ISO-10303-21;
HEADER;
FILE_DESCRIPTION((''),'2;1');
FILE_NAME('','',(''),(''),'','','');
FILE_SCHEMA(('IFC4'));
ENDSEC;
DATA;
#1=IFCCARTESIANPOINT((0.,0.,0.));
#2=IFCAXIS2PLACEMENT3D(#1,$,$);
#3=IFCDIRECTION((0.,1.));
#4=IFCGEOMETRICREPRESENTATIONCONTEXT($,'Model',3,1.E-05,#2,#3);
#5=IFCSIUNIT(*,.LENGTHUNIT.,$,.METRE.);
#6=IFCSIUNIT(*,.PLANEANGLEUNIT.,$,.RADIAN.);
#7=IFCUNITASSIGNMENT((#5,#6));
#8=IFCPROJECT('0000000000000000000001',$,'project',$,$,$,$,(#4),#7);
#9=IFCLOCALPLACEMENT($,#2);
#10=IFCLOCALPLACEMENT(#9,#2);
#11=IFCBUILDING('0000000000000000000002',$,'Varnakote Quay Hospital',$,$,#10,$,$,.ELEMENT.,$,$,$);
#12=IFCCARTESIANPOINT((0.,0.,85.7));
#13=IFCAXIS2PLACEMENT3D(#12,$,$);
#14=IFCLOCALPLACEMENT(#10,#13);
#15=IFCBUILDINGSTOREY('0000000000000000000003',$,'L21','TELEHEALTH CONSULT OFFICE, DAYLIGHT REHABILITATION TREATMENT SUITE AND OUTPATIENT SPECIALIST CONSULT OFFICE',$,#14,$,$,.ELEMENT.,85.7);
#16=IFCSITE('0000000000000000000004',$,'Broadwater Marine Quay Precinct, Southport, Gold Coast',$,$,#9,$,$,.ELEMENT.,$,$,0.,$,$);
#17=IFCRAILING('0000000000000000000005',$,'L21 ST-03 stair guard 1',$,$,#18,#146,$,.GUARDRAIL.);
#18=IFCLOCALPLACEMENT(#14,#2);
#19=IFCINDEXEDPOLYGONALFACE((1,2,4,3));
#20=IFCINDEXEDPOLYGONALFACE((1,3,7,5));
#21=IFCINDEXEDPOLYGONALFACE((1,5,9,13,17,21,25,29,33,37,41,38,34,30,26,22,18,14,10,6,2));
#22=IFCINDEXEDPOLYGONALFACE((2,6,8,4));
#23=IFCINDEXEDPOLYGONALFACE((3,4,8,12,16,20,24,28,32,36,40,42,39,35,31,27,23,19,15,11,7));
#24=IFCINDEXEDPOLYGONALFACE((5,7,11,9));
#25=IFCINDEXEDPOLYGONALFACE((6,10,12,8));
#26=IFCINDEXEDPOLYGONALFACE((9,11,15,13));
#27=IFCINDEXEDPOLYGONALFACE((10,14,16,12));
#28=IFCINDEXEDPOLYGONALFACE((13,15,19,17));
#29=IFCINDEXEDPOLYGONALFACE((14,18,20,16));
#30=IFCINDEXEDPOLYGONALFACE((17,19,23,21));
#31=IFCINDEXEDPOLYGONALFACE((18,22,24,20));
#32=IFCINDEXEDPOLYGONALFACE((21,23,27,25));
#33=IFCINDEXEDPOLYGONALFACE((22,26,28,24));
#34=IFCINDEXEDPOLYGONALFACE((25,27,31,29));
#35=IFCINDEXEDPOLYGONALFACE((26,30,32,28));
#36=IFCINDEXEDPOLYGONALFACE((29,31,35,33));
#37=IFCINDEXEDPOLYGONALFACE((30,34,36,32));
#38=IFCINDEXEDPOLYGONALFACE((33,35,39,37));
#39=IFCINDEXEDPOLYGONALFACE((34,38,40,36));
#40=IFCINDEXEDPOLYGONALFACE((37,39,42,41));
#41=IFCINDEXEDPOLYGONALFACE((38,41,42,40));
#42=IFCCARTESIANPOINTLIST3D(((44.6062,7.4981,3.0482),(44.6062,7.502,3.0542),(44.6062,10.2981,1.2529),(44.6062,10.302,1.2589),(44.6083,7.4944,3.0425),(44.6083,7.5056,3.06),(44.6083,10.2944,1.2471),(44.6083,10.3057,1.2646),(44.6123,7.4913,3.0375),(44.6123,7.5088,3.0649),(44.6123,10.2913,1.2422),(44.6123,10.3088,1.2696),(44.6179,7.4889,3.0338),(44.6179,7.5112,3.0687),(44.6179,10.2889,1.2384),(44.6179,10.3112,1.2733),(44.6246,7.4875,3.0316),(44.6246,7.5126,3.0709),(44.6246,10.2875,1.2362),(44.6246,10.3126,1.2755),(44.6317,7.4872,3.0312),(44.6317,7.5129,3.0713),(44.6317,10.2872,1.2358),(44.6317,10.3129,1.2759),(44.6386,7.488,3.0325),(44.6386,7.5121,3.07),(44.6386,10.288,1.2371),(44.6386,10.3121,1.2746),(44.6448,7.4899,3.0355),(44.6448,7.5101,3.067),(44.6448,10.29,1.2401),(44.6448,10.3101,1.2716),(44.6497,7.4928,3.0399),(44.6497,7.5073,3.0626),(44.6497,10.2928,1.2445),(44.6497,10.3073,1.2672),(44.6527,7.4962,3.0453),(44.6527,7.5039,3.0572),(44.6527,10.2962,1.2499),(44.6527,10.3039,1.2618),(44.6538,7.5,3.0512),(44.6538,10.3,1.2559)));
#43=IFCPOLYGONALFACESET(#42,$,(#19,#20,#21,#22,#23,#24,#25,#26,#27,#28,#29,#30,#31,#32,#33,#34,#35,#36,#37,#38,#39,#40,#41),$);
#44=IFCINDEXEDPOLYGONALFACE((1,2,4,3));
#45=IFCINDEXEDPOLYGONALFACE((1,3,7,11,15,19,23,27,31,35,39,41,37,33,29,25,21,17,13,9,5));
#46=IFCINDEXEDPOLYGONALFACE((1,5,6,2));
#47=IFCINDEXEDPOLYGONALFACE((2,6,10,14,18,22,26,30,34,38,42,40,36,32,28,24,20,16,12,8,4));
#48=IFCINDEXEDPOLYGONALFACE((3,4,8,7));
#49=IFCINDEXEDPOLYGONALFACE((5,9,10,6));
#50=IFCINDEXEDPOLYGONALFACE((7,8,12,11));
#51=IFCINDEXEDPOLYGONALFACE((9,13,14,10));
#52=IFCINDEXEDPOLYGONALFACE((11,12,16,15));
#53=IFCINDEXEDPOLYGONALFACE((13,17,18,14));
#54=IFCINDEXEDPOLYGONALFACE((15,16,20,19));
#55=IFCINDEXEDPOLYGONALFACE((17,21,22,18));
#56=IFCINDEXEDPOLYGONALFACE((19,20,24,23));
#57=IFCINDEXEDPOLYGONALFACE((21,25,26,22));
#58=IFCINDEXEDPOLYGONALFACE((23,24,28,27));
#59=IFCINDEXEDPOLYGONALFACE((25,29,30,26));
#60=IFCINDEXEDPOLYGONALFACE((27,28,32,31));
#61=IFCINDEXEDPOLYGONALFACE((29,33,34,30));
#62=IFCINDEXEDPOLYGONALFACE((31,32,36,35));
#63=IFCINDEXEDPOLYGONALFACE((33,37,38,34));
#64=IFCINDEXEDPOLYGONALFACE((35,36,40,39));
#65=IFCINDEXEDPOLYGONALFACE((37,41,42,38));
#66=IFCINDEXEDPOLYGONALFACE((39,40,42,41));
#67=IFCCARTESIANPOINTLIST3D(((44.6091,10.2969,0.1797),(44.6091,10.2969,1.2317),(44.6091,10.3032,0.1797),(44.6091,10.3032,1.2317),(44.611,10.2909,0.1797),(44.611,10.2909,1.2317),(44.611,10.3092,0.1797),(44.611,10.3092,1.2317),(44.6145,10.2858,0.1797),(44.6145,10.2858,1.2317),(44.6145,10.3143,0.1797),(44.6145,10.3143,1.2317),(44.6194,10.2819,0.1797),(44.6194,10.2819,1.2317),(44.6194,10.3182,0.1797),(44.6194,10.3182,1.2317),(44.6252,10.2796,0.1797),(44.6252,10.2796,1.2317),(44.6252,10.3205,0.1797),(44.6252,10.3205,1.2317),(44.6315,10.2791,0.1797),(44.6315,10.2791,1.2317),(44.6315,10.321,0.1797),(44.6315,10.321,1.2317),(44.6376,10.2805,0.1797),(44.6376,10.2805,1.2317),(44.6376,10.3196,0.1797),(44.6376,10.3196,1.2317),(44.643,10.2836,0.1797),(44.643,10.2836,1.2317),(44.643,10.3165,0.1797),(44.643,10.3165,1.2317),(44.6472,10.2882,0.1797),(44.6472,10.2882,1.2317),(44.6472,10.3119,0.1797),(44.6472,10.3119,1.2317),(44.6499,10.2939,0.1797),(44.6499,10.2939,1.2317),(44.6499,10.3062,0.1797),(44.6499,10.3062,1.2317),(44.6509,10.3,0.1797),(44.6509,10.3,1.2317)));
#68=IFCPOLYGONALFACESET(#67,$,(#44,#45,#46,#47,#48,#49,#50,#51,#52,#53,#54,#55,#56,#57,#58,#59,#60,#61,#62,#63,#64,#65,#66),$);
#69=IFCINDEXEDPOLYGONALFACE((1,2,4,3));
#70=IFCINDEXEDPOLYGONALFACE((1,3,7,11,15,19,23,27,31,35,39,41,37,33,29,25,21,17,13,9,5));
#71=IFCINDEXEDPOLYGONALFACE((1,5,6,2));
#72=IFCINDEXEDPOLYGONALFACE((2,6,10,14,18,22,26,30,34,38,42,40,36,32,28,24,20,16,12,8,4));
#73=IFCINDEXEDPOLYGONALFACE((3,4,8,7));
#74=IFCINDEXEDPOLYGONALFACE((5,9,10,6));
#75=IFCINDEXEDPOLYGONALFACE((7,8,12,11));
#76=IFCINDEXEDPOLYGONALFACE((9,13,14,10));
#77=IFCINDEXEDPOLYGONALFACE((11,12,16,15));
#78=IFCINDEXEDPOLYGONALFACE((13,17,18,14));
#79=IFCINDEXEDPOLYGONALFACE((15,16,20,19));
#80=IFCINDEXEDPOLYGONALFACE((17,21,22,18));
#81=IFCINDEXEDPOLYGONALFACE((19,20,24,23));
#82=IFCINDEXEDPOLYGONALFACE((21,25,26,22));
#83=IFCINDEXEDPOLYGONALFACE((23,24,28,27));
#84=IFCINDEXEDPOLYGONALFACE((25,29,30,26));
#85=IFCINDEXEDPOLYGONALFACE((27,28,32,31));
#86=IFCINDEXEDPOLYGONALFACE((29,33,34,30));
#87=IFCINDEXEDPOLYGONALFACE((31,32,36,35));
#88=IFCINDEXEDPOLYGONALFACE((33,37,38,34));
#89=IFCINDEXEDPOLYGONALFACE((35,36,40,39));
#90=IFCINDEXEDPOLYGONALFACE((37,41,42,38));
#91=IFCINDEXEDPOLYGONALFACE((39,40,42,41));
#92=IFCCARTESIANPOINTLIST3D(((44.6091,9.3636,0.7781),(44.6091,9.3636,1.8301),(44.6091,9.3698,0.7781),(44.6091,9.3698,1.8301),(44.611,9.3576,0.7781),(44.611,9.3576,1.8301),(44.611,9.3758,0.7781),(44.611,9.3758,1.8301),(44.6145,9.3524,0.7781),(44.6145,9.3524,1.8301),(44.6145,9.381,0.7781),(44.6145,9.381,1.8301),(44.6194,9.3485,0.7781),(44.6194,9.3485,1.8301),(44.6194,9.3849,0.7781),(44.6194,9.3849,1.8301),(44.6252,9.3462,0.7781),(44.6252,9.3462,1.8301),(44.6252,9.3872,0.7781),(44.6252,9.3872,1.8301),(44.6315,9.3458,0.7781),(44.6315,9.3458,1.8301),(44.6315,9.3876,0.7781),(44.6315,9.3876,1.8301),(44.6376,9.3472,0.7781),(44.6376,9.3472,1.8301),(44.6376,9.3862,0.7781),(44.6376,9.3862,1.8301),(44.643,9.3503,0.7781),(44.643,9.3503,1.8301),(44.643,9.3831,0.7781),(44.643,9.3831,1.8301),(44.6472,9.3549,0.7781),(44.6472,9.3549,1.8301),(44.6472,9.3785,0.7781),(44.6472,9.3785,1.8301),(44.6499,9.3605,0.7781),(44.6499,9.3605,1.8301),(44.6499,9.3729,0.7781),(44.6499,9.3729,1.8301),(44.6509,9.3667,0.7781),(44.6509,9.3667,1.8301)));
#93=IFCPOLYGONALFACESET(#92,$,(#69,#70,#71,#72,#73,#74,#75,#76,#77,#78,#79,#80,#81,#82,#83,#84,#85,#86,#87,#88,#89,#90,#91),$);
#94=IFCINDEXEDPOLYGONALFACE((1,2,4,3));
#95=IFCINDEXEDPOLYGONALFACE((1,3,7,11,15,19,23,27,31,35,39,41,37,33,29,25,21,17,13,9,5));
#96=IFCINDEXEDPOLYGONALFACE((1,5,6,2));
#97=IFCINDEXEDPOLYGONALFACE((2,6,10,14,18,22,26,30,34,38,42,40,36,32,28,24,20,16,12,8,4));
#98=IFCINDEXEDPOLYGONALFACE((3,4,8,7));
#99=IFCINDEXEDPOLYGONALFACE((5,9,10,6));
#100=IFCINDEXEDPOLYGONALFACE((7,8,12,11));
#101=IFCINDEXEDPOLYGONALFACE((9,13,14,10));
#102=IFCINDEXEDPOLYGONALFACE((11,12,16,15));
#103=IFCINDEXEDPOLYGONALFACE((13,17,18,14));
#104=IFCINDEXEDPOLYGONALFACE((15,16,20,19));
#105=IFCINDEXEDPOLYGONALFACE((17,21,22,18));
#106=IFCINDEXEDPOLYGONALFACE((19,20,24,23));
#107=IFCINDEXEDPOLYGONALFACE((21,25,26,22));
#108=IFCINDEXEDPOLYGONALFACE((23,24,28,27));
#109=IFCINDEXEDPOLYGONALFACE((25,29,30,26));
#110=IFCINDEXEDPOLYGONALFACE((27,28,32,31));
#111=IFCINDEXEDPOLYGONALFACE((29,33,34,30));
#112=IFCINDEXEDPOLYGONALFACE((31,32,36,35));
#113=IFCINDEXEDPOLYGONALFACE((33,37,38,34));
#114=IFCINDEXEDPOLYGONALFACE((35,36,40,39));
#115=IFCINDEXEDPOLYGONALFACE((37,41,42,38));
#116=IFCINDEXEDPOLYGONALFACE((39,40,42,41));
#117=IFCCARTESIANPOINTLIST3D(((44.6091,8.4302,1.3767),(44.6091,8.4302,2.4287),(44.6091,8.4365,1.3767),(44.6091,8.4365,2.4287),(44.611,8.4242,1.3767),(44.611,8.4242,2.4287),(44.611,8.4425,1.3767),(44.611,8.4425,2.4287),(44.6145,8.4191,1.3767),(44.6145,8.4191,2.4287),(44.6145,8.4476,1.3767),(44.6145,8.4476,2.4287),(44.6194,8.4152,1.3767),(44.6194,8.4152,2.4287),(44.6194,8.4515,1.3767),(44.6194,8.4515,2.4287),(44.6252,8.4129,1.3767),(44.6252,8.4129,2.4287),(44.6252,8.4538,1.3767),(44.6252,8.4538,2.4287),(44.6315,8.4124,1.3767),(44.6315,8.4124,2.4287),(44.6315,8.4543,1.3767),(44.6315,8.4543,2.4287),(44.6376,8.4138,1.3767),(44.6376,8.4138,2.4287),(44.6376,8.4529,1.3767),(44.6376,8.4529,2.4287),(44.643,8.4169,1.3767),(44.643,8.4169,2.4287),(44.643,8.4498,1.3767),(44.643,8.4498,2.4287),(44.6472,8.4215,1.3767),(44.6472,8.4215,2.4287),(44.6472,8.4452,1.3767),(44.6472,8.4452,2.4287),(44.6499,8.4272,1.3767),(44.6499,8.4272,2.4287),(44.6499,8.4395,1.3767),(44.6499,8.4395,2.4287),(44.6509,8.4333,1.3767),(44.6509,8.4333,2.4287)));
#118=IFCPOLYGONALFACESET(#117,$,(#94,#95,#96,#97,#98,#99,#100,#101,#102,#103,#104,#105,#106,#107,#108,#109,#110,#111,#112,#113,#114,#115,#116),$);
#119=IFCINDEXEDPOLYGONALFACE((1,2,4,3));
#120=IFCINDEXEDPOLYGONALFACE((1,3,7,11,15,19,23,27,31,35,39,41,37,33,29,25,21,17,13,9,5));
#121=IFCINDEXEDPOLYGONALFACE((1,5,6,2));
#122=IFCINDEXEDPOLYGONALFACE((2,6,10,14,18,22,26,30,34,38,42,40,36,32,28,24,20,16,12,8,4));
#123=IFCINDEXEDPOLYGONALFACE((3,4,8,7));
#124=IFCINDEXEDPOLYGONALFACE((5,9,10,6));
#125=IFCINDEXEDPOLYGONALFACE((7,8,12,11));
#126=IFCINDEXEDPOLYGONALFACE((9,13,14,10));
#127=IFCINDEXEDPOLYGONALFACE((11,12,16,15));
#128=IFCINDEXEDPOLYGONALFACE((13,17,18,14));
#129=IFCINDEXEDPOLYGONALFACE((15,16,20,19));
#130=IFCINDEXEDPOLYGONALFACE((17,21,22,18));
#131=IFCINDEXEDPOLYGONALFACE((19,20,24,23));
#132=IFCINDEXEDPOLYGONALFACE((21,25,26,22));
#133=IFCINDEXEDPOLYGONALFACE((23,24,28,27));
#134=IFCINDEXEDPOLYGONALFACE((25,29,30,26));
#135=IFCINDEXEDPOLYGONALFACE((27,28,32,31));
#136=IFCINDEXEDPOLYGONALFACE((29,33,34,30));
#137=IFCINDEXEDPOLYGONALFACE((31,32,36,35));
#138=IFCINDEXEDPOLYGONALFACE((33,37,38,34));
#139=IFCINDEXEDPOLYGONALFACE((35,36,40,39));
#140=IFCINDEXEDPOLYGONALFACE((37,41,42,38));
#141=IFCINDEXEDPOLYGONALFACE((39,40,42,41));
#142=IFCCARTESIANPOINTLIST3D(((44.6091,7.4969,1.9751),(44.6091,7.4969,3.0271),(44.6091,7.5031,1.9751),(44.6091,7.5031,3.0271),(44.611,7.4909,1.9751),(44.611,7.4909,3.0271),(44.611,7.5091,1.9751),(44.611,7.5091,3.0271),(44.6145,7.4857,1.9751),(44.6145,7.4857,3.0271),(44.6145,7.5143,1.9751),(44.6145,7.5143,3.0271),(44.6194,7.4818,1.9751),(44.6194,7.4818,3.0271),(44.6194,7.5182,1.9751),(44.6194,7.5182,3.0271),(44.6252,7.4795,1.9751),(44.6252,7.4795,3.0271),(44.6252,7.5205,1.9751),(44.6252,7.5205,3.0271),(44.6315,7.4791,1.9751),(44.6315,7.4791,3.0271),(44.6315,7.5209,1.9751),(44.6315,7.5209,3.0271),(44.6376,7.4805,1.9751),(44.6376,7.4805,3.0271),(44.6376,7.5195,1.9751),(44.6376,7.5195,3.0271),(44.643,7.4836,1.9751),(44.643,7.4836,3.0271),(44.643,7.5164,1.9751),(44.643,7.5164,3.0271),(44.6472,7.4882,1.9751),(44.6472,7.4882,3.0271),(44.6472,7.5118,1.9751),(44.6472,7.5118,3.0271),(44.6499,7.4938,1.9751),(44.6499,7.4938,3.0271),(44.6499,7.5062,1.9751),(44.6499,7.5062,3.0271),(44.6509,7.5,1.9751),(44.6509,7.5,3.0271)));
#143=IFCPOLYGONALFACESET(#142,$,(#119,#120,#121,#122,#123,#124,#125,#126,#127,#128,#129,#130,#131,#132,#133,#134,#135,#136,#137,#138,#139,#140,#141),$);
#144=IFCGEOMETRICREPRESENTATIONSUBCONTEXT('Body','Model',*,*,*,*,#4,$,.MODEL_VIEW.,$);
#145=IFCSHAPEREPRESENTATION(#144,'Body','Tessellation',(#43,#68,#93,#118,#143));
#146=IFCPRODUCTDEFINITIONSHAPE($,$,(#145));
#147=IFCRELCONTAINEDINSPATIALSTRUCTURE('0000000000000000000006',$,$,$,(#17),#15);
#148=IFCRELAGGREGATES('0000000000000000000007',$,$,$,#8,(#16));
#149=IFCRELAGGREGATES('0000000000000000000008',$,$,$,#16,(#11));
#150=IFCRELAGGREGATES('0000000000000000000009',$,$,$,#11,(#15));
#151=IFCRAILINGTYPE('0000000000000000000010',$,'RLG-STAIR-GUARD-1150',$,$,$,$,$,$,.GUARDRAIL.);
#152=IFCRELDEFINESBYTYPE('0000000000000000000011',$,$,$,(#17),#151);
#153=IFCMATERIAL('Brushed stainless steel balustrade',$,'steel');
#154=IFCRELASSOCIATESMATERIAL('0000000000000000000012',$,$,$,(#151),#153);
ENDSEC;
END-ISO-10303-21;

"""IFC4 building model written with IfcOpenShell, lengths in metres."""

from ifc_helpers import new_model, si_unit, direction, frame, origin, origin_2d, place, context, subcontext, project, spatial, circle, extrude, material, type_object, element, save


model = new_model("IFC4")

# Units and contexts
model_context = context("Model", 3, precision=1e-05, world=origin(), true_north=direction((0.0, 1.0)))
body_context = subcontext(model_context, "Body", "Model", "MODEL_VIEW")
ifc_project = project(units=[si_unit("LENGTHUNIT", "METRE"), si_unit("PLANEANGLEUNIT", "RADIAN")], contexts=[model_context])

# Site, building, storey
site_placement = place(None, origin())
site = spatial("IfcSite", under=ifc_project, at=site_placement, Name="Broadwater Marine Quay Precinct, Southport, Gold Coast", CompositionType="ELEMENT", RefElevation=0.0)
building_placement = place(site_placement, origin())
building = spatial("IfcBuilding", under=site, at=building_placement, Name="Varnakote Quay Hospital", CompositionType="ELEMENT")
storey_placement = place(building_placement, frame((0.0, 0.0, 85.7)))
storey = spatial("IfcBuildingStorey", under=building, at=storey_placement, Name="L21", Description="TELEHEALTH CONSULT OFFICE, DAYLIGHT REHABILITATION TREATMENT SUITE AND OUTPATIENT SPECIALIST CONSULT OFFICE", CompositionType="ELEMENT", Elevation=85.7)

# Railing
ifc_material_1 = material(Name="Brushed stainless steel balustrade", Category="steel")
railing_type_1 = type_object("IfcRailingType", Name="RLG-STAIR-GUARD-1150", PredefinedType="GUARDRAIL", material=ifc_material_1)
railing_1_placement = place(storey_placement, frame((44.6299, 10.3, 0.1797)))
element("IfcRailing", 1, at=railing_1_placement, inside=storey, type_object=railing_type_1, Name="L21 ST-03 stair guard 1", PredefinedType="GUARDRAIL", context=body_context, shape_type="SweptSolid", body=[
    extrude(circle(Radius=0.0239, at=origin_2d()), frame((0.0, 0.0, 1.0762), z_axis=(0.0, -0.84181, 0.539774), x_axis=(1.0, 0.0, 0.0)), (0.0, 0.0, 1.0), 3.3262),
    extrude(circle(Radius=0.021, at=origin_2d()), origin(), (0.0, 0.0, 1.0), 1.052),
    extrude(circle(Radius=0.021, at=origin_2d()), frame((0.0, -0.9333, 0.5984)), (0.0, 0.0, 1.0), 1.052),
    extrude(circle(Radius=0.021, at=origin_2d()), frame((0.0, -1.8667, 1.197)), (0.0, 0.0, 1.0), 1.052),
    extrude(circle(Radius=0.021, at=origin_2d()), frame((0.0, -2.8, 1.7954)), (0.0, 0.0, 1.0), 1.052),
])

save(model, "model.ifc")
